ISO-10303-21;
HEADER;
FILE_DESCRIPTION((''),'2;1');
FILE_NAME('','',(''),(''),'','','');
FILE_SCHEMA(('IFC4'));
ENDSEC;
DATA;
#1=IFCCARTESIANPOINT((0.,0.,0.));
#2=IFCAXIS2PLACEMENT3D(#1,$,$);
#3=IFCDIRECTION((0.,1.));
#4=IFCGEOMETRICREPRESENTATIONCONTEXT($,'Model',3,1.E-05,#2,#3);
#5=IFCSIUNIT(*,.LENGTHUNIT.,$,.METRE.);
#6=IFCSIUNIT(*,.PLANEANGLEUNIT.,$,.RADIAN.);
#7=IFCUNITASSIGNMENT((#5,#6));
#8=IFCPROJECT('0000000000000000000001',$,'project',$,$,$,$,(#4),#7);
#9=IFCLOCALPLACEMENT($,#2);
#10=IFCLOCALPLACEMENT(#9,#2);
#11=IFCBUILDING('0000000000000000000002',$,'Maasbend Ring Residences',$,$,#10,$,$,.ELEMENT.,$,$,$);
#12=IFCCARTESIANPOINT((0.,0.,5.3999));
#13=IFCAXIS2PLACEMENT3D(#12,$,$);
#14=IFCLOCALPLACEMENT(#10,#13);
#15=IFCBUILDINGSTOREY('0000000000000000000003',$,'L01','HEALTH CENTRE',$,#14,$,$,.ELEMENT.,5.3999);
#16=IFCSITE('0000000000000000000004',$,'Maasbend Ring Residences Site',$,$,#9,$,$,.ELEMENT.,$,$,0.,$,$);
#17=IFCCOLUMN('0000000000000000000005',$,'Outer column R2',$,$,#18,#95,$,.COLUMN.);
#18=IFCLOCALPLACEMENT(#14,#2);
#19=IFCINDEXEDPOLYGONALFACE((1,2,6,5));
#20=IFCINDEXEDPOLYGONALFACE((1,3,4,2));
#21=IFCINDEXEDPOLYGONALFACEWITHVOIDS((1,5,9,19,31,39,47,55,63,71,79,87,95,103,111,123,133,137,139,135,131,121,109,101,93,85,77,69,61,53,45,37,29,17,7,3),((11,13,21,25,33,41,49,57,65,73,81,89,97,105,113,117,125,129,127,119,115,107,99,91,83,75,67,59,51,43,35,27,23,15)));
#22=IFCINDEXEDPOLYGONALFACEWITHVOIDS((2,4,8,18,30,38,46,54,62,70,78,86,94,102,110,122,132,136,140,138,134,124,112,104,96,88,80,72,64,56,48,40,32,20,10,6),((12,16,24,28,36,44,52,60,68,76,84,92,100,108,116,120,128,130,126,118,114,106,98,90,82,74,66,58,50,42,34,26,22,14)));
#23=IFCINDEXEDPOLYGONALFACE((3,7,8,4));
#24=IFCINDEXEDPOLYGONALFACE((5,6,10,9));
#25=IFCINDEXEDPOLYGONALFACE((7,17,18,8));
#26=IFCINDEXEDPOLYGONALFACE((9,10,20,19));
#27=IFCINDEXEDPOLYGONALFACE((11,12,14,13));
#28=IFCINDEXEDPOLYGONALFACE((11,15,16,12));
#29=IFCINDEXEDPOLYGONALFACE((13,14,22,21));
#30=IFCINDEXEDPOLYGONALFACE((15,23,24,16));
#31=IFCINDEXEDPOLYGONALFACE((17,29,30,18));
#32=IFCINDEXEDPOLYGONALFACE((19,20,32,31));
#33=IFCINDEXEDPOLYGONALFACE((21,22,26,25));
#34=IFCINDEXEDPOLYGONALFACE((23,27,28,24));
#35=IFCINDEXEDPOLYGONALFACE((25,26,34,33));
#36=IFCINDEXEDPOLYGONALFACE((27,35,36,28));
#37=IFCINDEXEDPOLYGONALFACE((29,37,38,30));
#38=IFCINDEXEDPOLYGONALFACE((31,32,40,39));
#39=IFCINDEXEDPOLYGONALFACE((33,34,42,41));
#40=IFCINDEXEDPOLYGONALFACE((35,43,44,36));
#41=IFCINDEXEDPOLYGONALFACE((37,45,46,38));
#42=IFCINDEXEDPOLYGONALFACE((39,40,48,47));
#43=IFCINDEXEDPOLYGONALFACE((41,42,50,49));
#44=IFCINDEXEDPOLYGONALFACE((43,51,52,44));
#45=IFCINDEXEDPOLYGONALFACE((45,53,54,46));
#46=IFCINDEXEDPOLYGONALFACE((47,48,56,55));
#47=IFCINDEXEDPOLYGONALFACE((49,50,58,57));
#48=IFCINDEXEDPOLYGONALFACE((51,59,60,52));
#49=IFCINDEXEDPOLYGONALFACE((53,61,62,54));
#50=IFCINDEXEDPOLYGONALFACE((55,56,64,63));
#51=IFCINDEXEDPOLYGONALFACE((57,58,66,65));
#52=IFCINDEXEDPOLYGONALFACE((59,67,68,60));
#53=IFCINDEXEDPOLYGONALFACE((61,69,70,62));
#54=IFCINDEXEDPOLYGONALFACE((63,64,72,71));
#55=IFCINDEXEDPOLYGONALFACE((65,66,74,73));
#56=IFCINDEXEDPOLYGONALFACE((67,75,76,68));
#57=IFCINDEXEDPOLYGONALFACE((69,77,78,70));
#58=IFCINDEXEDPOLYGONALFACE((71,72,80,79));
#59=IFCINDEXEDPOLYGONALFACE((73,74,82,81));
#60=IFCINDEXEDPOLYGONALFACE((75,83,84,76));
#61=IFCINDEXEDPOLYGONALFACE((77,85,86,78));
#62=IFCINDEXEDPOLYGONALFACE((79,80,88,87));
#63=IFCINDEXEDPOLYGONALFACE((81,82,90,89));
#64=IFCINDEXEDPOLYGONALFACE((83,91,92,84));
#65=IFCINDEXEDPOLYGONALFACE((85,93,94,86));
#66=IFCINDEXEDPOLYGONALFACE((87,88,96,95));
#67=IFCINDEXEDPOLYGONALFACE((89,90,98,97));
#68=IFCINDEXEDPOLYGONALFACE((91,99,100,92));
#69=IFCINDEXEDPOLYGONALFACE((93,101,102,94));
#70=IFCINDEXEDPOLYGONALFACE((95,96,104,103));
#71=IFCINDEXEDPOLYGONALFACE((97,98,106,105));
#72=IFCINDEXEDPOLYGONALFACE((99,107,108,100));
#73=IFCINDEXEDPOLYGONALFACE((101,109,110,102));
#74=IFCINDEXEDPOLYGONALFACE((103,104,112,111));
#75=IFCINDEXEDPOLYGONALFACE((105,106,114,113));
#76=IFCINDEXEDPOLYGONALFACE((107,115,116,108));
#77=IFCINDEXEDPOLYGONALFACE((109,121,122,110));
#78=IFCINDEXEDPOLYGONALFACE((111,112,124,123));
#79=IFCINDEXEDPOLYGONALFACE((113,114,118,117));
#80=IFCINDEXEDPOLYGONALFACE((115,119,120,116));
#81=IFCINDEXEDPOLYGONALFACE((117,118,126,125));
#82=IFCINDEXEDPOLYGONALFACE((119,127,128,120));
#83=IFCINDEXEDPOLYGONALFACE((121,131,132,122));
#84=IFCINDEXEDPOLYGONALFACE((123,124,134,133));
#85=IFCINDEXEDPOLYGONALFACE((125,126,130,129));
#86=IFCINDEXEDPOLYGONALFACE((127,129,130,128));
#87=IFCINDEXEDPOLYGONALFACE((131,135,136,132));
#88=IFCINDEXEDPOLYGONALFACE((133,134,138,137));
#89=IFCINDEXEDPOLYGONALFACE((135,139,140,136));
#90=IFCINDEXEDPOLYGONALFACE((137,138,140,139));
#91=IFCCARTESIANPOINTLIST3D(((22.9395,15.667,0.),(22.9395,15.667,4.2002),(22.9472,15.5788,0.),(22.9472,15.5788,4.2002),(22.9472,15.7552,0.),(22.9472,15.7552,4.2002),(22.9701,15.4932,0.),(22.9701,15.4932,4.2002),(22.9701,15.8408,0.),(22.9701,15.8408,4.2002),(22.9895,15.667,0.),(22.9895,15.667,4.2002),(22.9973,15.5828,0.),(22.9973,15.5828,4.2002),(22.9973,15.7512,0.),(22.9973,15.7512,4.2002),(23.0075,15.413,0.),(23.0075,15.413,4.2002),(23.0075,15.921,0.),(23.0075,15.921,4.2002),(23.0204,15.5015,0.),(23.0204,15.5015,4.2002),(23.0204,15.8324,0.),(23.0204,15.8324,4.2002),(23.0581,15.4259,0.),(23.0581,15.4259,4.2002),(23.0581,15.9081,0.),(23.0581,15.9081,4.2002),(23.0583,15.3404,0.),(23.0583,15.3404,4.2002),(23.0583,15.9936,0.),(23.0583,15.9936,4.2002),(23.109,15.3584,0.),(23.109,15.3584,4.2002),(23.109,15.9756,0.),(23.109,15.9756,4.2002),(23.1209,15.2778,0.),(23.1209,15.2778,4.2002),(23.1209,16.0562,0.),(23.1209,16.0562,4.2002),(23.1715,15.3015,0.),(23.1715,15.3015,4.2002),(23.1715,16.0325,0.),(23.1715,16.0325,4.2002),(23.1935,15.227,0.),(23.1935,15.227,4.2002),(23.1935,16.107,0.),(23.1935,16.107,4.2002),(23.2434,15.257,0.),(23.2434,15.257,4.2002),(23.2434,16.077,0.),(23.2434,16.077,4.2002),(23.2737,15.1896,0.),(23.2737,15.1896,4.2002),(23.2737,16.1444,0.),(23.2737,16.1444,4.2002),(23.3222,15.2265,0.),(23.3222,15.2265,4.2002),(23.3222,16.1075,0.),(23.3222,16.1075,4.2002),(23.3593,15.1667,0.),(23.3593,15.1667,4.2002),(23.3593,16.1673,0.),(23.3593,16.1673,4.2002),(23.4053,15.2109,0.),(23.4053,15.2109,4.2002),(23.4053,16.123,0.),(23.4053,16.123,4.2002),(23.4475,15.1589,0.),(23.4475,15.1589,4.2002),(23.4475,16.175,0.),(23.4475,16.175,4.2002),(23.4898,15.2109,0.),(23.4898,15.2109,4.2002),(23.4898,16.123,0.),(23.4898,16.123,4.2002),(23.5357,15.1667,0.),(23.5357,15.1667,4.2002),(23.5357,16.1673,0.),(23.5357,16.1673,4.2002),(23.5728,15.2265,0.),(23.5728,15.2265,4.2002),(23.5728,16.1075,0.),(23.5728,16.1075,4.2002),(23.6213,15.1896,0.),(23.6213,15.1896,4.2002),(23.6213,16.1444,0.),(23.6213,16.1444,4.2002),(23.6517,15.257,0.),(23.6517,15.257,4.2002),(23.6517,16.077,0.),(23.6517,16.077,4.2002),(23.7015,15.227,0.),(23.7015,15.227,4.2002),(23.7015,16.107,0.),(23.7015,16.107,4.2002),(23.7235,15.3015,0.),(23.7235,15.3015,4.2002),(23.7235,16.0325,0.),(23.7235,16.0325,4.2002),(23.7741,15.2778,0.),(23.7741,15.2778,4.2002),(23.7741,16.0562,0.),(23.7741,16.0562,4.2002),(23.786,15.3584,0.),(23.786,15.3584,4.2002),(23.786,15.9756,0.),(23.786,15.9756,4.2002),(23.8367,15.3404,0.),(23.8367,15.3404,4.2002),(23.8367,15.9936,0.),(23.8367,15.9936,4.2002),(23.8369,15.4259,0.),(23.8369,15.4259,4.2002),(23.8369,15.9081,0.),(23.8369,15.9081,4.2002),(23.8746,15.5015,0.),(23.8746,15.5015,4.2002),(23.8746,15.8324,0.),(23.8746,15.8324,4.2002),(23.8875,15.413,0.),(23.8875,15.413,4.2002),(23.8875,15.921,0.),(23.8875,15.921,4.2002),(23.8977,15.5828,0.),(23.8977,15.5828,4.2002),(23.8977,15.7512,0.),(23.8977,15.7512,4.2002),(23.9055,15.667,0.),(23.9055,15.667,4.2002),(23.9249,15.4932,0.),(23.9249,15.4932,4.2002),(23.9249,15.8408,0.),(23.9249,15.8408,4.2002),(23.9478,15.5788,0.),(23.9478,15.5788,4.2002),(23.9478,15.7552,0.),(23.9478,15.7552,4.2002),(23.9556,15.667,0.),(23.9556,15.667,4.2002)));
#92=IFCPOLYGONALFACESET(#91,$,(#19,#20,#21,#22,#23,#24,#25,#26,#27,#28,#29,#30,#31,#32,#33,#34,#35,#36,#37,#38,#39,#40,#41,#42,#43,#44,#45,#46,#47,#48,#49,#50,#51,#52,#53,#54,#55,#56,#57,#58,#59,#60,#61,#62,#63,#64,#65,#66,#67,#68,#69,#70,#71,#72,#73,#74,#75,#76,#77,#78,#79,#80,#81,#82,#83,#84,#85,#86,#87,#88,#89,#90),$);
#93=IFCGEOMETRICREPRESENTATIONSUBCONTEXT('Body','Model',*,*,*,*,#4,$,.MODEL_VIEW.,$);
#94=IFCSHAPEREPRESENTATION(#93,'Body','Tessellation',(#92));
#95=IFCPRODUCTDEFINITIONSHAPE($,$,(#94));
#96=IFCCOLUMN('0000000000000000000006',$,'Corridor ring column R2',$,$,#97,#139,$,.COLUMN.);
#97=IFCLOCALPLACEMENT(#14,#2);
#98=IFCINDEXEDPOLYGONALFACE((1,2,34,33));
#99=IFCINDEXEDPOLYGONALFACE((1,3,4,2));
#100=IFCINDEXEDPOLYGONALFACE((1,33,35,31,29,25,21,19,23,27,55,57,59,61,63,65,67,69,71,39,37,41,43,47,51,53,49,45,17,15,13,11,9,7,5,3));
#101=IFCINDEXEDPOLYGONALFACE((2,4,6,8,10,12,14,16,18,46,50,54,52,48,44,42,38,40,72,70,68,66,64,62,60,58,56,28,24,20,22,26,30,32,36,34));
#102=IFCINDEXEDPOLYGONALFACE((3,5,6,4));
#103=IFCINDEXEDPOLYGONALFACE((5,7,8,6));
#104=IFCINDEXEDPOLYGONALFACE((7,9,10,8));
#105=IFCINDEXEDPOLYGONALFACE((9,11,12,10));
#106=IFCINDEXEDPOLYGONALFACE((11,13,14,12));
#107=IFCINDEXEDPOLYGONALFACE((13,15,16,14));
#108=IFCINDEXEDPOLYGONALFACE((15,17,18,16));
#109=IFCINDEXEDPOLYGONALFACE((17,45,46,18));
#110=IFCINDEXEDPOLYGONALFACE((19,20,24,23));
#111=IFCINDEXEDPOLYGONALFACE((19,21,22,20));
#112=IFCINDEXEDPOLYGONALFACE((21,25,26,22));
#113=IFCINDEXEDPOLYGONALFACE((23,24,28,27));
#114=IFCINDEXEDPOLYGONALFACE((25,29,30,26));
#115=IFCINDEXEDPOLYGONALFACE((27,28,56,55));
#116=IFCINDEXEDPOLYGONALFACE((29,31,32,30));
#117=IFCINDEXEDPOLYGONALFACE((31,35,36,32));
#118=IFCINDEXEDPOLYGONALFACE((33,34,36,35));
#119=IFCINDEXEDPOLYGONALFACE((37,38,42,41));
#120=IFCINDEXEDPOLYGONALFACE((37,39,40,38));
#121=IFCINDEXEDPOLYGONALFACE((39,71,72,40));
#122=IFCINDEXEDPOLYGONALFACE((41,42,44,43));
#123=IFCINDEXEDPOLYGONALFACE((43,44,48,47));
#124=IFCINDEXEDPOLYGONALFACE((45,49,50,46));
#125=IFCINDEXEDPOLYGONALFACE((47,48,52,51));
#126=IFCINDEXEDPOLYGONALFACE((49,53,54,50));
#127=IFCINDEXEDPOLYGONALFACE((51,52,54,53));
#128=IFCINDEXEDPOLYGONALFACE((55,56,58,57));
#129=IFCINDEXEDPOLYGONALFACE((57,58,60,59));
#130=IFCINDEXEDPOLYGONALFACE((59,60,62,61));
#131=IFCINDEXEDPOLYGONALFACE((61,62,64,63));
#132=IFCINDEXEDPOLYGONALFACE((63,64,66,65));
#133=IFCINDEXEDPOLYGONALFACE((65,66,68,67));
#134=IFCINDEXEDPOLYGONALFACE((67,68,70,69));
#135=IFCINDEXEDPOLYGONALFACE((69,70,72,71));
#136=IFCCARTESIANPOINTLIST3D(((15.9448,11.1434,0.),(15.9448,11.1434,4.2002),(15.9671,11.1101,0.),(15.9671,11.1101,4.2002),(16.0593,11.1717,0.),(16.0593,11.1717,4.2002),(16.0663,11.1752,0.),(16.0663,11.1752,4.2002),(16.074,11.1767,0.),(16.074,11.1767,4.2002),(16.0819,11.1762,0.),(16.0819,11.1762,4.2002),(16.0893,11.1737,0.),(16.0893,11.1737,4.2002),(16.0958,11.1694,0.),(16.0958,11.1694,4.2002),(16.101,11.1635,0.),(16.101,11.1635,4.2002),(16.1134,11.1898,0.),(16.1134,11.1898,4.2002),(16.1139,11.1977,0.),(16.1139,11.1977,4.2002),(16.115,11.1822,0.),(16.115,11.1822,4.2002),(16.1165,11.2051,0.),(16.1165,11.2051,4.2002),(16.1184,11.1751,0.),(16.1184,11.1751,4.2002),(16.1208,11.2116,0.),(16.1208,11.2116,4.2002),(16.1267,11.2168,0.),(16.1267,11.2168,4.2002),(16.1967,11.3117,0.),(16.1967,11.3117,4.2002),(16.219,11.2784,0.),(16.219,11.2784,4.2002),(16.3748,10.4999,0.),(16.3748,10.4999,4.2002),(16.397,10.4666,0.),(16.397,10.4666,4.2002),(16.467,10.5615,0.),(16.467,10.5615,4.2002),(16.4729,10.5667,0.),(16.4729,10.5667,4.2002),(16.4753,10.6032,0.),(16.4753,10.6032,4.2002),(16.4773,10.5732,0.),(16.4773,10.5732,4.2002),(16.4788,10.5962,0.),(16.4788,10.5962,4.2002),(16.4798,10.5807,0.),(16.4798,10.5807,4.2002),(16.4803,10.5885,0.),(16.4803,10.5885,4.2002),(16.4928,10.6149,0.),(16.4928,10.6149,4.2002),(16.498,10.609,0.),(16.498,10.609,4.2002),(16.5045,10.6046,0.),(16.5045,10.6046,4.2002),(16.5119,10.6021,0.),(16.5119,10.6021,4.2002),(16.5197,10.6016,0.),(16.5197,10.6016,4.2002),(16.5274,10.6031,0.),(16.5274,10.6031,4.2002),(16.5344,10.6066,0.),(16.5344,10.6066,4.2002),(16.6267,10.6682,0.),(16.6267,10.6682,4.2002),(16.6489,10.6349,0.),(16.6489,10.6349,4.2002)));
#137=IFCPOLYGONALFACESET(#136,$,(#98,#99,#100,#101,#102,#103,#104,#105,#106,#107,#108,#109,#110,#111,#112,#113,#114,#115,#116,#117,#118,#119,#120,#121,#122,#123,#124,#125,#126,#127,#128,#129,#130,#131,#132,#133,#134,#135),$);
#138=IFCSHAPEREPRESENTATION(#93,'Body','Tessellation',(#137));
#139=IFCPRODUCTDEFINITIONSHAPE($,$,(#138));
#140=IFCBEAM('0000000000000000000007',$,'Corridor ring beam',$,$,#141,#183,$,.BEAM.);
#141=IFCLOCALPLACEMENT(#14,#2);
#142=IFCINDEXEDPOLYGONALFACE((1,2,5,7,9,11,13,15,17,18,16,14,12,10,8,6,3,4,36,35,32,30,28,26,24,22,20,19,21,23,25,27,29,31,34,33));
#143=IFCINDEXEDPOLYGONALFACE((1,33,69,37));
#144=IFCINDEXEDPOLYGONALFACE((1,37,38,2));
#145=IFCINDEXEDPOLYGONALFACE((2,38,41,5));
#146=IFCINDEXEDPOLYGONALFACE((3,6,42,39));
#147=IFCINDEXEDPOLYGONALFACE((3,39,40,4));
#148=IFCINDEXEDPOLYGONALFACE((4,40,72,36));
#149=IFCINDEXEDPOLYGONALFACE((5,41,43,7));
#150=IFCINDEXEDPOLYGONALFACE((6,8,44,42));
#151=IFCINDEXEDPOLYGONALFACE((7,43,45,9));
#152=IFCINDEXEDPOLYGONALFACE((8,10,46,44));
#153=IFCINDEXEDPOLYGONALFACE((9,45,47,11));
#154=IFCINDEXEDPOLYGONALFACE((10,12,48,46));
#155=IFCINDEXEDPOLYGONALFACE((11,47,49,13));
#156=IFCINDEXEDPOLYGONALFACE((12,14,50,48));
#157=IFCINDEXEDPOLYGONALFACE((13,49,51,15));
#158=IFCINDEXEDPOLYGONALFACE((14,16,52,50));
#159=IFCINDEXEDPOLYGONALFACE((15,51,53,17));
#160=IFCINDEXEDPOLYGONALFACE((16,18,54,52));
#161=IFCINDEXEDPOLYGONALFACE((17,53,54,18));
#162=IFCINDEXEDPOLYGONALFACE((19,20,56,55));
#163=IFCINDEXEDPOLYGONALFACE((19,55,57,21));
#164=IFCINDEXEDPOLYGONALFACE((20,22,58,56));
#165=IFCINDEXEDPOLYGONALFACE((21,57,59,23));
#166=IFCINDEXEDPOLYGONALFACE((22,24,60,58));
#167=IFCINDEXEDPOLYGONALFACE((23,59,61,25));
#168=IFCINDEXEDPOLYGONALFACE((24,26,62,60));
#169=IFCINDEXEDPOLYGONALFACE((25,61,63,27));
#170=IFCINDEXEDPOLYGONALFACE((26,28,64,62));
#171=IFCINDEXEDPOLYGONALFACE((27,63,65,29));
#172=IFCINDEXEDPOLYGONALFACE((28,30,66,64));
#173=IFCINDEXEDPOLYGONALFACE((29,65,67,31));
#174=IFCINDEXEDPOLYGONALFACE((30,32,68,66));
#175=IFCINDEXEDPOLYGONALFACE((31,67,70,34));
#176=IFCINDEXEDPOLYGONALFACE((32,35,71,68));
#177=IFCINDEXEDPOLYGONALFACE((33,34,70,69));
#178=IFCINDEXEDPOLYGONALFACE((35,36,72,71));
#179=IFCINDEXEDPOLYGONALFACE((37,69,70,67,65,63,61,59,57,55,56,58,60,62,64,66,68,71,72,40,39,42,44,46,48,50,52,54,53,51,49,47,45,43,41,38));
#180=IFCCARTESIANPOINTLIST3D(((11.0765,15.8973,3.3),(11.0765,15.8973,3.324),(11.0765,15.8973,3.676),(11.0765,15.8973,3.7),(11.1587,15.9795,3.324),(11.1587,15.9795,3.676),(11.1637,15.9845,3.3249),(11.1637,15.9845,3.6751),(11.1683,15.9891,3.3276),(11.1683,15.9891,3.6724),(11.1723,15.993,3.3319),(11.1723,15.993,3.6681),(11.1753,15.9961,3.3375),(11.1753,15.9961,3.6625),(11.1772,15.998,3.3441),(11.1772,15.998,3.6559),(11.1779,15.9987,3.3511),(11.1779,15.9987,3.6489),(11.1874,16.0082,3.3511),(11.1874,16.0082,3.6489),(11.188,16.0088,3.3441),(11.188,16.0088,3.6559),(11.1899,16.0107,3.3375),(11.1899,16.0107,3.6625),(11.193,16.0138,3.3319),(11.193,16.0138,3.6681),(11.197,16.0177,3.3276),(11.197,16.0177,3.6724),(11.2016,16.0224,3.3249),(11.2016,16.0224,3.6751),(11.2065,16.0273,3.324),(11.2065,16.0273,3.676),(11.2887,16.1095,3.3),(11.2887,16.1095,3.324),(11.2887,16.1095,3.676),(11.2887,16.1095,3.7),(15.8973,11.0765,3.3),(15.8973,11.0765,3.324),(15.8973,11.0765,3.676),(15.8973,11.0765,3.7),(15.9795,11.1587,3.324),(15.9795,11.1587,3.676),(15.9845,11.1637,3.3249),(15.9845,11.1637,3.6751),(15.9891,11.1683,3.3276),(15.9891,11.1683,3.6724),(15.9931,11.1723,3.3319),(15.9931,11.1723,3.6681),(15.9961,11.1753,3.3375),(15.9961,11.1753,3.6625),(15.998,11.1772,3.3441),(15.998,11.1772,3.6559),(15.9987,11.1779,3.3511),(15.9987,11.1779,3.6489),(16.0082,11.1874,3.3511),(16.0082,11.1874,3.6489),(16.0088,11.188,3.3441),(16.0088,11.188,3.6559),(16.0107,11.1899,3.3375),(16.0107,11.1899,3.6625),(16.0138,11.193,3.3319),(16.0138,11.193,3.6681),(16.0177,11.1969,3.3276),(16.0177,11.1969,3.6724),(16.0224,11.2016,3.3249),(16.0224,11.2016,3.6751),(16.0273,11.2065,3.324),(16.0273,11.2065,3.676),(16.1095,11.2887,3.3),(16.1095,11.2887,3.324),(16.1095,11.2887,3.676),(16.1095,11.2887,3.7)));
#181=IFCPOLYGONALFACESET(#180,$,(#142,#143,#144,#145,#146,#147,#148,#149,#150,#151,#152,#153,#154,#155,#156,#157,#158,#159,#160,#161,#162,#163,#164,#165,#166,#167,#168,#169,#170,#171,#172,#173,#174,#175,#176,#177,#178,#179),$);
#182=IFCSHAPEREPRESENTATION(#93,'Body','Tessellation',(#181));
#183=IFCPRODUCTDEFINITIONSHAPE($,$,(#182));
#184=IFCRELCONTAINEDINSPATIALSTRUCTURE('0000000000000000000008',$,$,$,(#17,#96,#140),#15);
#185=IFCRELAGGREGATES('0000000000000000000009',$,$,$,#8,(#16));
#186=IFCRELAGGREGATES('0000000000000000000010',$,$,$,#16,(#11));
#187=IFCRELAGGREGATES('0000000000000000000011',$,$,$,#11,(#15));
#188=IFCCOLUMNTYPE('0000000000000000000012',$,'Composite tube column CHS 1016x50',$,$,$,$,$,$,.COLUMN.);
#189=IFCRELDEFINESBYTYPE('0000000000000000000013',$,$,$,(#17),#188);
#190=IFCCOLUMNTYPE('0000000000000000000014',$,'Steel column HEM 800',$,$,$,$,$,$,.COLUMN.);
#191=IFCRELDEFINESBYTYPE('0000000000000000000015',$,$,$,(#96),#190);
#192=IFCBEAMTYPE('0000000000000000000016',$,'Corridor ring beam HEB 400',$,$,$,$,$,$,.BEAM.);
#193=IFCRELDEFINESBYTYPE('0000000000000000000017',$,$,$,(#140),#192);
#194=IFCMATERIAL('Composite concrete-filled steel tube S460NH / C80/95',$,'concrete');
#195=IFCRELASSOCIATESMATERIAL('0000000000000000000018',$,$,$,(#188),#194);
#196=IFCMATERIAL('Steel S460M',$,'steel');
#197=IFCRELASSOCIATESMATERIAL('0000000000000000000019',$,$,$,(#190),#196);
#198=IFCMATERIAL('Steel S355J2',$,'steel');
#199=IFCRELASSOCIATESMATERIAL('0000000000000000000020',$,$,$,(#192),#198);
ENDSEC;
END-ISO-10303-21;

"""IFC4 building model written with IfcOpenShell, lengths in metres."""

from ifc_helpers import new_model, si_unit, direction, frame, origin, origin_2d, place, context, subcontext, project, spatial, hollow_circle, i_section, extrude, material, material_profile, profile_set, type_object, element, save


model = new_model("IFC4")

# Units and contexts
model_context = context("Model", 3, precision=1e-05, world=origin(), true_north=direction((0.0, 1.0)))
body_context = subcontext(model_context, "Body", "Model", "MODEL_VIEW")
ifc_project = project(units=[si_unit("LENGTHUNIT", "METRE"), si_unit("PLANEANGLEUNIT", "RADIAN")], contexts=[model_context])

# Site, building, storey
site_placement = place(None, origin())
site = spatial("IfcSite", under=ifc_project, at=site_placement, Name="Maasbend Ring Residences Site", CompositionType="ELEMENT", RefElevation=0.0)
building_placement = place(site_placement, origin())
building = spatial("IfcBuilding", under=site, at=building_placement, Name="Maasbend Ring Residences", CompositionType="ELEMENT")
storey_placement = place(building_placement, frame((0.0, 0.0, 5.3999)))
storey = spatial("IfcBuildingStorey", under=building, at=storey_placement, Name="L01", Description="HEALTH CENTRE", CompositionType="ELEMENT", Elevation=5.3999)

# Columns
ifc_material_1 = material(Name="Composite concrete-filled steel tube S460NH / C80/95", Category="concrete")
ifc_material_profile_1 = material_profile(ifc_material_1, hollow_circle(Radius=0.5081, WallThickness=0.05, at=origin_2d()), Name="Composite tube column CHS 1016x50")
ifc_profile_set_1 = profile_set([ifc_material_profile_1], Name="Composite concrete-filled steel tube S460NH / C80/95")
column_type_1 = type_object("IfcColumnType", Name="Composite tube column CHS 1016x50", PredefinedType="COLUMN", material=ifc_profile_set_1)
column_1_placement = place(storey_placement, frame((23.4475, 15.667, 0.0), z_axis=(0.0, 0.0, 1.0), x_axis=(1.0, 0.0, 0.0)))
element("IfcColumn", 1, at=column_1_placement, inside=storey, type_object=column_type_1, Name="Outer column R2", PredefinedType="COLUMN", context=body_context, shape_type="SweptSolid", body=[
    extrude(hollow_circle(Radius=0.5081, WallThickness=0.05, at=origin_2d()), origin(), (0.0, 0.0, 1.0), 4.2002),
])
ifc_material_2 = material(Name="Steel S460M", Category="steel")
ifc_material_profile_2 = material_profile(ifc_material_2, i_section(OverallWidth=0.303, OverallDepth=0.814, WebThickness=0.021, FlangeThickness=0.04, FilletRadius=0.03, at=origin_2d()), Name="HEM 800")
ifc_profile_set_2 = profile_set([ifc_material_profile_2], Name="Steel S460M")
column_type_2 = type_object("IfcColumnType", Name="Steel column HEM 800", PredefinedType="COLUMN", material=ifc_profile_set_2)
column_2_placement = place(storey_placement, frame((16.2969, 10.8892, 0.0), z_axis=(0.0, 0.0, 1.0), x_axis=(0.83147, 0.55557, 0.0)))
element("IfcColumn", 2, at=column_2_placement, inside=storey, type_object=column_type_2, Name="Corridor ring column R2", PredefinedType="COLUMN", context=body_context, shape_type="SweptSolid", body=[
    extrude(i_section(OverallWidth=0.303, OverallDepth=0.814, WebThickness=0.021, FlangeThickness=0.04, FilletRadius=0.03, at=origin_2d()), origin(), (0.0, 0.0, 1.0), 4.2002),
])

# Beam
ifc_material_3 = material(Name="Steel S355J2", Category="steel")
ifc_material_profile_3 = material_profile(ifc_material_3, i_section(OverallWidth=0.3, OverallDepth=0.3999, WebThickness=0.0134, FlangeThickness=0.0239, FilletRadius=0.0271, at=origin_2d()), Name="HEB 400")
ifc_profile_set_3 = profile_set([ifc_material_profile_3], Name="Steel S355J2")
beam_type_1 = type_object("IfcBeamType", Name="Corridor ring beam HEB 400", PredefinedType="BEAM", material=ifc_profile_set_3)
beam_1_placement = place(storey_placement, frame((16.0034, 11.1826, 3.5), z_axis=(-0.707107, 0.707107, 0.0), x_axis=(-0.707107, -0.707107, 0.0)))
element("IfcBeam", 3, at=beam_1_placement, inside=storey, type_object=beam_type_1, Name="Corridor ring beam", PredefinedType="BEAM", context=body_context, shape_type="SweptSolid", body=[
    extrude(i_section(OverallWidth=0.3, OverallDepth=0.3999, WebThickness=0.0134, FlangeThickness=0.0239, FilletRadius=0.0271, at=origin_2d()), origin(), (0.0, 0.0, 1.0), 6.8176),
])

save(model, "model.ifc")
